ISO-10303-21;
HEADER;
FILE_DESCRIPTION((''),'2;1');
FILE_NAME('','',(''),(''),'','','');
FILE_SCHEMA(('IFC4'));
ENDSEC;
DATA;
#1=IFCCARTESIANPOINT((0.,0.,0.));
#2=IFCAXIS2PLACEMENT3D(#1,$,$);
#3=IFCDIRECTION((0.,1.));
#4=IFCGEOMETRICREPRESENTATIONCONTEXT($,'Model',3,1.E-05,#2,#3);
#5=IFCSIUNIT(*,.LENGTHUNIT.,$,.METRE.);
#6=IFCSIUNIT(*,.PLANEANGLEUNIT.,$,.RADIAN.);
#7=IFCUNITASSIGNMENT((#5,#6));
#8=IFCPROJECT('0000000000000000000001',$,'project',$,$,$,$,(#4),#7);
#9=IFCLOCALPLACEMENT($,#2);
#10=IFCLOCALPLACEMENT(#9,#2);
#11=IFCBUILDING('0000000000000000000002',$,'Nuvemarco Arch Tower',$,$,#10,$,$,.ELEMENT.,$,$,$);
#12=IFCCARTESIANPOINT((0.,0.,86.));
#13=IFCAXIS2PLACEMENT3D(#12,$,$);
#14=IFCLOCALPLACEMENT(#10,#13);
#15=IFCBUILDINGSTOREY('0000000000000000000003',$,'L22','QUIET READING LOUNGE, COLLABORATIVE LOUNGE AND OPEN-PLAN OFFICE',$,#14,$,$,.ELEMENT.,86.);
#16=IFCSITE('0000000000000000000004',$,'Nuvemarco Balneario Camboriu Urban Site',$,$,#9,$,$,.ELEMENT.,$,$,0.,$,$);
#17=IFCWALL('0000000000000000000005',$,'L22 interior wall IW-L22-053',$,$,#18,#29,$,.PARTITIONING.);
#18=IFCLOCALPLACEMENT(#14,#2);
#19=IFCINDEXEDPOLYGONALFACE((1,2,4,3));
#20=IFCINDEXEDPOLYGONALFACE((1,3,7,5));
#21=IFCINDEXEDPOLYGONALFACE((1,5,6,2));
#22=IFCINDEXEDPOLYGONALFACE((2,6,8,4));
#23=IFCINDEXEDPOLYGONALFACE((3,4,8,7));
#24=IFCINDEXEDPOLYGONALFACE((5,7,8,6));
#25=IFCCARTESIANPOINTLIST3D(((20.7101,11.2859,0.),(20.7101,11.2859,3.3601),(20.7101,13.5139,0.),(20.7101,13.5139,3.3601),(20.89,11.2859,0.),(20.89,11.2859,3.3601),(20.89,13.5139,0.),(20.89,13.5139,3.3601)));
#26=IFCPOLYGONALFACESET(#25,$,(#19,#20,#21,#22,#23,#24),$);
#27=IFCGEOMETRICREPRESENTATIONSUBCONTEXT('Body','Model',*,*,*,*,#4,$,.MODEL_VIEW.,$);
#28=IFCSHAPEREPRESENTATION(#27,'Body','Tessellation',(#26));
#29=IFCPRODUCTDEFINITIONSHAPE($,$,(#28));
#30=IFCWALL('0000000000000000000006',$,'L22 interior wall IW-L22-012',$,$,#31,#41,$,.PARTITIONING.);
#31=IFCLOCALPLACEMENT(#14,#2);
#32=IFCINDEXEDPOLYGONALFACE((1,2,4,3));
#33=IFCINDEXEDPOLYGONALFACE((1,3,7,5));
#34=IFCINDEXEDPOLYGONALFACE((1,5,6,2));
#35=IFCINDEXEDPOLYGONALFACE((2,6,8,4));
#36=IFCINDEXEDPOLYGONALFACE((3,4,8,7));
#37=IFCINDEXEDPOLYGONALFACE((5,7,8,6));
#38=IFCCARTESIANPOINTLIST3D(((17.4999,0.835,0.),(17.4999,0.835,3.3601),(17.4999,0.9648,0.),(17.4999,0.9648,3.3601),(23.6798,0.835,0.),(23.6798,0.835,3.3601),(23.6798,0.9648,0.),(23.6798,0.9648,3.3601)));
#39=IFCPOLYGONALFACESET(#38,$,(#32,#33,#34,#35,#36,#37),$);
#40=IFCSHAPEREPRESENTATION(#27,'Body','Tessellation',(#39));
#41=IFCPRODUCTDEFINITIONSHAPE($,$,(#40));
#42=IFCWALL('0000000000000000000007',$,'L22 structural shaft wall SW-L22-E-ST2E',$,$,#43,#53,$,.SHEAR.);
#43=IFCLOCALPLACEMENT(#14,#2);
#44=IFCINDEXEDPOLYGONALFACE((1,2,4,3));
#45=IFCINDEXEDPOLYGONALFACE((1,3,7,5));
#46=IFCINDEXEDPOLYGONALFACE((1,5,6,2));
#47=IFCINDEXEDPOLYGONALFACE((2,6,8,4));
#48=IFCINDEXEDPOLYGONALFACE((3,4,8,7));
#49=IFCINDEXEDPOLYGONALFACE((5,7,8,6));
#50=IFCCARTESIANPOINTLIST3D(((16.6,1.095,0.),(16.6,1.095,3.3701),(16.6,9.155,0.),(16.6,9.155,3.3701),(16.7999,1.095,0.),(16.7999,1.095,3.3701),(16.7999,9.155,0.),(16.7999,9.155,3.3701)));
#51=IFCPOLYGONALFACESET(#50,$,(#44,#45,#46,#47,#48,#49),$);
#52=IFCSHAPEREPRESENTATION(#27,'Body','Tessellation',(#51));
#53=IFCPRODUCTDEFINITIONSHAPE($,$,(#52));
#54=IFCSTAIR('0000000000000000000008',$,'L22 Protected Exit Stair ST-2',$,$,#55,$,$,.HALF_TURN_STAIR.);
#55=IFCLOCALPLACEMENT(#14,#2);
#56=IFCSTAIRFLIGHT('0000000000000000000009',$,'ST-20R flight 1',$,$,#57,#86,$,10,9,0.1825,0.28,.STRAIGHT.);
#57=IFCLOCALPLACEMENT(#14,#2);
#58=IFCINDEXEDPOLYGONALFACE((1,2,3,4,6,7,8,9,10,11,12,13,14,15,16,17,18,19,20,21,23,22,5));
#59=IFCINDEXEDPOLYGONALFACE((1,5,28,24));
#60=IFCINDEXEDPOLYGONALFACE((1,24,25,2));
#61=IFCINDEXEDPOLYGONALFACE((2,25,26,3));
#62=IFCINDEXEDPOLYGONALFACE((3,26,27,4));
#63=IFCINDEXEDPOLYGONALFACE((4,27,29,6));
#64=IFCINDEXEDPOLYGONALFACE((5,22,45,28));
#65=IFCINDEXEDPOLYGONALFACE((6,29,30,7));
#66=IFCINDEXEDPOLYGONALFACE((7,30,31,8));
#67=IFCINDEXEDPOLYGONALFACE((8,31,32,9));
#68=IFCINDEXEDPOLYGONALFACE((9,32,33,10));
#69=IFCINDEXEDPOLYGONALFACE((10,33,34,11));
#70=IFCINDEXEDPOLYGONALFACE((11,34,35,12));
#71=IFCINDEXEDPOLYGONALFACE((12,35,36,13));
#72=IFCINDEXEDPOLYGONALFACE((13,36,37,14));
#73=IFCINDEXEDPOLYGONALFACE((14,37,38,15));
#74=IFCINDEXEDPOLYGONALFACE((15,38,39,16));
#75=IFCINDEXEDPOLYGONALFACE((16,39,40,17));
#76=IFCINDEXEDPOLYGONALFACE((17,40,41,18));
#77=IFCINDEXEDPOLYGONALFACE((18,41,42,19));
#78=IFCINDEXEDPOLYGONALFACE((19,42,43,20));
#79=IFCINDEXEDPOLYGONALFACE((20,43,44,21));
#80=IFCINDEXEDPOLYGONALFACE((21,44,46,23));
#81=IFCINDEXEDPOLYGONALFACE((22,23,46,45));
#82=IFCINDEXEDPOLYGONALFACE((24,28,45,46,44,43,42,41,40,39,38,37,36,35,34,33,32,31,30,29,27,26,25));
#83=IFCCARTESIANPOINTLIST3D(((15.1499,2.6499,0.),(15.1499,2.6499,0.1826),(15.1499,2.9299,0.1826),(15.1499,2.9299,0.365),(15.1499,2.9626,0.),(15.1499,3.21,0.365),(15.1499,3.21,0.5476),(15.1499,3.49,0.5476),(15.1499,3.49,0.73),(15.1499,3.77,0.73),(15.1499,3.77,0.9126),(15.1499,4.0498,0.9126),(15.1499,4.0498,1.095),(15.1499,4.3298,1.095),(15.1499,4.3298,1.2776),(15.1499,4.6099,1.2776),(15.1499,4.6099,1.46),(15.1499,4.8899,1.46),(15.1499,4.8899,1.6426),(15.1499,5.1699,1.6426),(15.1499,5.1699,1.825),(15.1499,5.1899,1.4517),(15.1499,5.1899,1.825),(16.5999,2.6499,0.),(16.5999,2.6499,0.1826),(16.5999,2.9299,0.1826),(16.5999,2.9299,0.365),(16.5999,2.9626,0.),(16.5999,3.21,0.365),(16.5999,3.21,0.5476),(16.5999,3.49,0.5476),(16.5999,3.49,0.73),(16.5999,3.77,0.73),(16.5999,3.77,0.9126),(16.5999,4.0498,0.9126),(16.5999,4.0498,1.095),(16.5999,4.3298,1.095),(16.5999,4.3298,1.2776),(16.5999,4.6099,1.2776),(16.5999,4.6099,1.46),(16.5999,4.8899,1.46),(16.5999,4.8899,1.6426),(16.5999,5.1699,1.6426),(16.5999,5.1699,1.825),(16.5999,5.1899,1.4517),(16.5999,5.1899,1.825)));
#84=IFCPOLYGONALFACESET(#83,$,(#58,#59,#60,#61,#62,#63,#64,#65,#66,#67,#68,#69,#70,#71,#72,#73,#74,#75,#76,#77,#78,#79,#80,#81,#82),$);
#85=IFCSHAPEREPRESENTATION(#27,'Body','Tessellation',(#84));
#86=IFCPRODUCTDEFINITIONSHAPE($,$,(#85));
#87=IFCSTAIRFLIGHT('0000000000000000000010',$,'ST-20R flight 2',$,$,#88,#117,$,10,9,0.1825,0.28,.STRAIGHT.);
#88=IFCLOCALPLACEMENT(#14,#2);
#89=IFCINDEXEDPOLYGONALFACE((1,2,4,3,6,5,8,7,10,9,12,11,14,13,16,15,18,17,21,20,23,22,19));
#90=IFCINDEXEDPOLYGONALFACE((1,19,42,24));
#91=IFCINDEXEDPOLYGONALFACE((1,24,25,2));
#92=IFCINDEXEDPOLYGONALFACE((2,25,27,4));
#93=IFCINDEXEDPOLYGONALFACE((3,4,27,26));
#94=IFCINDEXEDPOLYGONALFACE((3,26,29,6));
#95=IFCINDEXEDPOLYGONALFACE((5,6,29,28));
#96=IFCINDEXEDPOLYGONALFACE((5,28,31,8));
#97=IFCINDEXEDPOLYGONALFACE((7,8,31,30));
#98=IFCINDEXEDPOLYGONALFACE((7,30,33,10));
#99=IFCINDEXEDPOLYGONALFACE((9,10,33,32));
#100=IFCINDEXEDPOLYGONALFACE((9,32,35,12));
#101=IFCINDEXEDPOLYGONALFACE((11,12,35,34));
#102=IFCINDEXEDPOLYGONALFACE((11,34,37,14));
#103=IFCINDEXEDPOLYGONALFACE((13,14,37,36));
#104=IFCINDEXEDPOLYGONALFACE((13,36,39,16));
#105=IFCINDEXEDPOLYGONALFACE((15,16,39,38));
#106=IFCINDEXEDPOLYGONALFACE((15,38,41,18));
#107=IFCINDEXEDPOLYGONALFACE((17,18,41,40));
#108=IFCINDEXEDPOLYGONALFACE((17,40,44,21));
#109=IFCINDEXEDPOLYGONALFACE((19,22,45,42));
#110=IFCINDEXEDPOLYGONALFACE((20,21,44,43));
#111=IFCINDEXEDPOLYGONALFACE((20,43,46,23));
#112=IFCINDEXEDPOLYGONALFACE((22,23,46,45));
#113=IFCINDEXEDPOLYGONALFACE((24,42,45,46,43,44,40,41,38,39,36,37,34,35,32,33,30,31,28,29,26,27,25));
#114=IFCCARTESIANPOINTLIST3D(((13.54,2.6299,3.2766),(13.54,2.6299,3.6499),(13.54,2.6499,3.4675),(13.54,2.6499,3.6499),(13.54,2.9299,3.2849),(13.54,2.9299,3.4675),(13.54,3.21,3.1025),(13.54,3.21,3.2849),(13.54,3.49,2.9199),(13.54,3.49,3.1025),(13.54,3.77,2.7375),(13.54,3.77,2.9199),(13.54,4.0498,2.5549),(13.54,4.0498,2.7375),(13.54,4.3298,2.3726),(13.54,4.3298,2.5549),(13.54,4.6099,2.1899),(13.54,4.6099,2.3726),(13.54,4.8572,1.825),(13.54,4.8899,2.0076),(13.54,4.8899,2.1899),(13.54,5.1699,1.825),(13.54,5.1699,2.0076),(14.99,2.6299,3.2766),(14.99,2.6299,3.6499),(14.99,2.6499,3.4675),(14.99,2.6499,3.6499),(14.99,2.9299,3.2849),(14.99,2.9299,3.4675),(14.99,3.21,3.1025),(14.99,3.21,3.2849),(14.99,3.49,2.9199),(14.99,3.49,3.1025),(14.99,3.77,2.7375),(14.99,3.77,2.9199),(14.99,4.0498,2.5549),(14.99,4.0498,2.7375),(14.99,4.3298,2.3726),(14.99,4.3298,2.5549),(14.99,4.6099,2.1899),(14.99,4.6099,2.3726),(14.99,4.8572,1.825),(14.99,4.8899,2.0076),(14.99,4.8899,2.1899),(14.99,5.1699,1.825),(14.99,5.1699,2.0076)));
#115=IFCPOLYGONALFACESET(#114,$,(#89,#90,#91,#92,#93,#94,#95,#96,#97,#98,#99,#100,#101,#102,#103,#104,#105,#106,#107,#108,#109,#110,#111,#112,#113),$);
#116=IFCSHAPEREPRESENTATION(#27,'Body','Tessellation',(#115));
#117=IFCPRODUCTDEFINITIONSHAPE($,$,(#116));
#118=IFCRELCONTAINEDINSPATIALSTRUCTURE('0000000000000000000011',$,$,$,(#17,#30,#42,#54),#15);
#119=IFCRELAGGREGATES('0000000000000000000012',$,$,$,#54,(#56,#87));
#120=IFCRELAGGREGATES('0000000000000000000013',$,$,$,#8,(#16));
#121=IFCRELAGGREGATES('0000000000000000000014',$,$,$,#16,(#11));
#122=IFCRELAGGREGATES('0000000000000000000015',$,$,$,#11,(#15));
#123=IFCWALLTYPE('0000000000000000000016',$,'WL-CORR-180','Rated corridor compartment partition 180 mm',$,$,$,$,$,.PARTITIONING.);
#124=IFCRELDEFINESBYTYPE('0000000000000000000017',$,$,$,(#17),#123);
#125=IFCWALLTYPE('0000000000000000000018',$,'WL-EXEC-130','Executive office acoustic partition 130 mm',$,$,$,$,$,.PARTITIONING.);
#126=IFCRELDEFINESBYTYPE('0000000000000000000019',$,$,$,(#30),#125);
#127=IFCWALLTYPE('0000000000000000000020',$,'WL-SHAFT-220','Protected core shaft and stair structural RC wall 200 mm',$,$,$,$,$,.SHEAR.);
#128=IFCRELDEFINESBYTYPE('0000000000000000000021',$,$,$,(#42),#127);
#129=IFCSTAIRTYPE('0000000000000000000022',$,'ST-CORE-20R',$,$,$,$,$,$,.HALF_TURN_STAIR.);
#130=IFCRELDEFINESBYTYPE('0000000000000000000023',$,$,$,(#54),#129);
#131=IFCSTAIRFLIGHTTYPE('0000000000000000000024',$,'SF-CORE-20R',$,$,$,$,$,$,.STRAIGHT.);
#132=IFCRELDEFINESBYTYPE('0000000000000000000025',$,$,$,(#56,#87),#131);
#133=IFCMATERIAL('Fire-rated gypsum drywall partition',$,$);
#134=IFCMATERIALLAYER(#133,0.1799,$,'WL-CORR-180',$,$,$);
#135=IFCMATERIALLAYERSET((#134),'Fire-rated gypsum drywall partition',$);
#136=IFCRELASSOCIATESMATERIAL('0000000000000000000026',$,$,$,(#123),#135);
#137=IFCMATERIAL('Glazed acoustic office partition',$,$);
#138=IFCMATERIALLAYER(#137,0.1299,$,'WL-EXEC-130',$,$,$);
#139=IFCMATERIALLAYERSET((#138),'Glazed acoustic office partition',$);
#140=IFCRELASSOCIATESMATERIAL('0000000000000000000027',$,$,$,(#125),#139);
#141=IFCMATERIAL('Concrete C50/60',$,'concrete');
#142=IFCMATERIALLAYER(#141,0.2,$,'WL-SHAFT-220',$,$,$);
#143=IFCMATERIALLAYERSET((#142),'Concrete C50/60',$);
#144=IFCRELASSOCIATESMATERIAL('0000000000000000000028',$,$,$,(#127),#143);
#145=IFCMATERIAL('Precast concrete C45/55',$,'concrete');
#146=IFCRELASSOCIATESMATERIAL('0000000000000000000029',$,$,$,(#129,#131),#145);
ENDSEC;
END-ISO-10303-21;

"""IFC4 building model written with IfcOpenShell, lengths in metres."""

from ifc_helpers import new_model, si_unit, direction, frame, frame_2d, origin, place, context, subcontext, project, spatial, polyline, rectangle, outline, extrude, material, layer, layer_set, type_object, element, aggregate, save


model = new_model("IFC4")

# Units and contexts
model_context = context("Model", 3, precision=1e-05, world=origin(), true_north=direction((0.0, 1.0)))
body_context = subcontext(model_context, "Body", "Model", "MODEL_VIEW")
ifc_project = project(units=[si_unit("LENGTHUNIT", "METRE"), si_unit("PLANEANGLEUNIT", "RADIAN")], contexts=[model_context])

# Site, building, storey
site_placement = place(None, origin())
site = spatial("IfcSite", under=ifc_project, at=site_placement, Name="Nuvemarco Balneario Camboriu Urban Site", CompositionType="ELEMENT", RefElevation=0.0)
building_placement = place(site_placement, origin())
building = spatial("IfcBuilding", under=site, at=building_placement, Name="Nuvemarco Arch Tower", CompositionType="ELEMENT")
storey_placement = place(building_placement, frame((0.0, 0.0, 86.0)))
storey = spatial("IfcBuildingStorey", under=building, at=storey_placement, Name="L22", Description="QUIET READING LOUNGE, COLLABORATIVE LOUNGE AND OPEN-PLAN OFFICE", CompositionType="ELEMENT", Elevation=86.0)

# Shared definitions
ifc_material_1 = material(Name="Precast concrete C45/55", Category="concrete")

# Shared definitions
ifc_material_2 = material(Name="Fire-rated gypsum drywall partition")
ifc_layer_1 = layer(ifc_material_2, 0.1799, Name="WL-CORR-180")
ifc_layer_set_1 = layer_set([ifc_layer_1], Name="Fire-rated gypsum drywall partition")
wall_type_1 = type_object("IfcWallType", Name="WL-CORR-180", Description="Rated corridor compartment partition 180 mm", PredefinedType="PARTITIONING", material=ifc_layer_set_1)

# Walls
wall_1_placement = place(storey_placement, frame((20.8, 11.2859, 0.0), z_axis=(0.0, 0.0, 1.0), x_axis=(0.0, 1.0, 0.0)))
element("IfcWall", 1, at=wall_1_placement, inside=storey, type_object=wall_type_1, Name="L22 interior wall IW-L22-053", PredefinedType="PARTITIONING", context=body_context, shape_type="SweptSolid", body=[
    extrude(rectangle(XDim=2.228, YDim=0.1799, at=frame_2d((1.114, 0.0))), origin(), (0.0, 0.0, 1.0), 3.3601),
])
ifc_material_3 = material(Name="Glazed acoustic office partition")
ifc_layer_2 = layer(ifc_material_3, 0.1299, Name="WL-EXEC-130")
ifc_layer_set_2 = layer_set([ifc_layer_2], Name="Glazed acoustic office partition")
wall_type_2 = type_object("IfcWallType", Name="WL-EXEC-130", Description="Executive office acoustic partition 130 mm", PredefinedType="PARTITIONING", material=ifc_layer_set_2)
wall_2_placement = place(storey_placement, frame((17.5, 0.8999, 0.0), z_axis=(0.0, 0.0, 1.0), x_axis=(1.0, 0.0, 0.0)))
element("IfcWall", 2, at=wall_2_placement, inside=storey, type_object=wall_type_2, Name="L22 interior wall IW-L22-012", PredefinedType="PARTITIONING", context=body_context, shape_type="SweptSolid", body=[
    extrude(rectangle(XDim=6.1799, YDim=0.1299, at=frame_2d((3.0898, 0.0))), origin(), (0.0, 0.0, 1.0), 3.3601),
])
ifc_material_4 = material(Name="Concrete C50/60", Category="concrete")
ifc_layer_3 = layer(ifc_material_4, 0.2, Name="WL-SHAFT-220")
ifc_layer_set_3 = layer_set([ifc_layer_3], Name="Concrete C50/60")
wall_type_3 = type_object("IfcWallType", Name="WL-SHAFT-220", Description="Protected core shaft and stair structural RC wall 200 mm", PredefinedType="SHEAR", material=ifc_layer_set_3)
wall_3_placement = place(storey_placement, frame((16.7, 1.095, 0.0), z_axis=(0.0, 0.0, 1.0), x_axis=(0.0, 1.0, 0.0)))
element("IfcWall", 3, at=wall_3_placement, inside=storey, type_object=wall_type_3, Name="L22 structural shaft wall SW-L22-E-ST2E", PredefinedType="SHEAR", context=body_context, shape_type="SweptSolid", body=[
    extrude(rectangle(XDim=8.0601, YDim=0.2, at=frame_2d((4.03, 0.0))), origin(), (0.0, 0.0, 1.0), 3.3701),
])

# Stair, stair flights
stair_type = type_object("IfcStairType", Name="ST-CORE-20R", PredefinedType="HALF_TURN_STAIR", material=ifc_material_1)
stair_placement = place(storey_placement, origin())
stair = element("IfcStair", 4, at=stair_placement, inside=storey, type_object=stair_type, Name="L22 Protected Exit Stair ST-2", PredefinedType="HALF_TURN_STAIR")
stair_flight_type = type_object("IfcStairFlightType", Name="SF-CORE-20R", PredefinedType="STRAIGHT", material=ifc_material_1)
stair_flight_1_placement = place(storey_placement, frame((15.875, 2.6499, 0.0), z_axis=(0.0, 0.0, 1.0), x_axis=(0.0, 1.0, 0.0)))
stair_flight_1 = element("IfcStairFlight", 5, at=stair_flight_1_placement, type_object=stair_flight_type, Name="ST-20R flight 1", NumberOfRisers=10, NumberOfTreads=9, PredefinedType="STRAIGHT", RiserHeight=0.1825, TreadLength=0.28, context=body_context, shape_type="SweptSolid", body=[
    extrude(outline(polyline([(0.0, 0.0), (0.0, 0.1826), (0.28, 0.1826), (0.28, 0.365), (0.5601, 0.365), (0.5601, 0.5476), (0.8401, 0.5476), (0.8401, 0.73), (1.1201, 0.73), (1.1201, 0.9126), (1.3999, 0.9126), (1.3999, 1.095), (1.6799, 1.095), (1.6799, 1.2776), (1.96, 1.2776), (1.96, 1.46), (2.24, 1.46), (2.24, 1.6426), (2.52, 1.6426), (2.52, 1.825), (2.54, 1.825), (2.54, 1.4517), (0.3127, 0.0), (0.0, 0.0)])), frame((0.0, 0.7251, 0.0), z_axis=(0.0, -1.0, 0.0), x_axis=(1.0, 0.0, 0.0)), (0.0, 0.0, 1.0), 1.45),
])
stair_flight_2_placement = place(storey_placement, frame((14.2649, 5.1699, 1.825), z_axis=(0.0, 0.0, 1.0), x_axis=(0.0, -1.0, 0.0)))
stair_flight_2 = element("IfcStairFlight", 6, at=stair_flight_2_placement, type_object=stair_flight_type, Name="ST-20R flight 2", NumberOfRisers=10, NumberOfTreads=9, PredefinedType="STRAIGHT", RiserHeight=0.1825, TreadLength=0.28, context=body_context, shape_type="SweptSolid", body=[
    extrude(outline(polyline([(0.0, 0.0), (0.0, 0.1826), (0.28, 0.1826), (0.28, 0.365), (0.5601, 0.365), (0.5601, 0.5476), (0.8401, 0.5476), (0.8401, 0.73), (1.1201, 0.73), (1.1201, 0.9126), (1.3999, 0.9126), (1.3999, 1.095), (1.6799, 1.095), (1.6799, 1.2776), (1.96, 1.2776), (1.96, 1.46), (2.24, 1.46), (2.24, 1.6426), (2.52, 1.6426), (2.52, 1.825), (2.54, 1.825), (2.54, 1.4517), (0.3127, 0.0), (0.0, 0.0)])), frame((0.0, 0.7251, 0.0), z_axis=(0.0, -1.0, 0.0), x_axis=(1.0, 0.0, 0.0)), (0.0, 0.0, 1.0), 1.45),
])
aggregate(stair, [stair_flight_1, stair_flight_2])

save(model, "model.ifc")
